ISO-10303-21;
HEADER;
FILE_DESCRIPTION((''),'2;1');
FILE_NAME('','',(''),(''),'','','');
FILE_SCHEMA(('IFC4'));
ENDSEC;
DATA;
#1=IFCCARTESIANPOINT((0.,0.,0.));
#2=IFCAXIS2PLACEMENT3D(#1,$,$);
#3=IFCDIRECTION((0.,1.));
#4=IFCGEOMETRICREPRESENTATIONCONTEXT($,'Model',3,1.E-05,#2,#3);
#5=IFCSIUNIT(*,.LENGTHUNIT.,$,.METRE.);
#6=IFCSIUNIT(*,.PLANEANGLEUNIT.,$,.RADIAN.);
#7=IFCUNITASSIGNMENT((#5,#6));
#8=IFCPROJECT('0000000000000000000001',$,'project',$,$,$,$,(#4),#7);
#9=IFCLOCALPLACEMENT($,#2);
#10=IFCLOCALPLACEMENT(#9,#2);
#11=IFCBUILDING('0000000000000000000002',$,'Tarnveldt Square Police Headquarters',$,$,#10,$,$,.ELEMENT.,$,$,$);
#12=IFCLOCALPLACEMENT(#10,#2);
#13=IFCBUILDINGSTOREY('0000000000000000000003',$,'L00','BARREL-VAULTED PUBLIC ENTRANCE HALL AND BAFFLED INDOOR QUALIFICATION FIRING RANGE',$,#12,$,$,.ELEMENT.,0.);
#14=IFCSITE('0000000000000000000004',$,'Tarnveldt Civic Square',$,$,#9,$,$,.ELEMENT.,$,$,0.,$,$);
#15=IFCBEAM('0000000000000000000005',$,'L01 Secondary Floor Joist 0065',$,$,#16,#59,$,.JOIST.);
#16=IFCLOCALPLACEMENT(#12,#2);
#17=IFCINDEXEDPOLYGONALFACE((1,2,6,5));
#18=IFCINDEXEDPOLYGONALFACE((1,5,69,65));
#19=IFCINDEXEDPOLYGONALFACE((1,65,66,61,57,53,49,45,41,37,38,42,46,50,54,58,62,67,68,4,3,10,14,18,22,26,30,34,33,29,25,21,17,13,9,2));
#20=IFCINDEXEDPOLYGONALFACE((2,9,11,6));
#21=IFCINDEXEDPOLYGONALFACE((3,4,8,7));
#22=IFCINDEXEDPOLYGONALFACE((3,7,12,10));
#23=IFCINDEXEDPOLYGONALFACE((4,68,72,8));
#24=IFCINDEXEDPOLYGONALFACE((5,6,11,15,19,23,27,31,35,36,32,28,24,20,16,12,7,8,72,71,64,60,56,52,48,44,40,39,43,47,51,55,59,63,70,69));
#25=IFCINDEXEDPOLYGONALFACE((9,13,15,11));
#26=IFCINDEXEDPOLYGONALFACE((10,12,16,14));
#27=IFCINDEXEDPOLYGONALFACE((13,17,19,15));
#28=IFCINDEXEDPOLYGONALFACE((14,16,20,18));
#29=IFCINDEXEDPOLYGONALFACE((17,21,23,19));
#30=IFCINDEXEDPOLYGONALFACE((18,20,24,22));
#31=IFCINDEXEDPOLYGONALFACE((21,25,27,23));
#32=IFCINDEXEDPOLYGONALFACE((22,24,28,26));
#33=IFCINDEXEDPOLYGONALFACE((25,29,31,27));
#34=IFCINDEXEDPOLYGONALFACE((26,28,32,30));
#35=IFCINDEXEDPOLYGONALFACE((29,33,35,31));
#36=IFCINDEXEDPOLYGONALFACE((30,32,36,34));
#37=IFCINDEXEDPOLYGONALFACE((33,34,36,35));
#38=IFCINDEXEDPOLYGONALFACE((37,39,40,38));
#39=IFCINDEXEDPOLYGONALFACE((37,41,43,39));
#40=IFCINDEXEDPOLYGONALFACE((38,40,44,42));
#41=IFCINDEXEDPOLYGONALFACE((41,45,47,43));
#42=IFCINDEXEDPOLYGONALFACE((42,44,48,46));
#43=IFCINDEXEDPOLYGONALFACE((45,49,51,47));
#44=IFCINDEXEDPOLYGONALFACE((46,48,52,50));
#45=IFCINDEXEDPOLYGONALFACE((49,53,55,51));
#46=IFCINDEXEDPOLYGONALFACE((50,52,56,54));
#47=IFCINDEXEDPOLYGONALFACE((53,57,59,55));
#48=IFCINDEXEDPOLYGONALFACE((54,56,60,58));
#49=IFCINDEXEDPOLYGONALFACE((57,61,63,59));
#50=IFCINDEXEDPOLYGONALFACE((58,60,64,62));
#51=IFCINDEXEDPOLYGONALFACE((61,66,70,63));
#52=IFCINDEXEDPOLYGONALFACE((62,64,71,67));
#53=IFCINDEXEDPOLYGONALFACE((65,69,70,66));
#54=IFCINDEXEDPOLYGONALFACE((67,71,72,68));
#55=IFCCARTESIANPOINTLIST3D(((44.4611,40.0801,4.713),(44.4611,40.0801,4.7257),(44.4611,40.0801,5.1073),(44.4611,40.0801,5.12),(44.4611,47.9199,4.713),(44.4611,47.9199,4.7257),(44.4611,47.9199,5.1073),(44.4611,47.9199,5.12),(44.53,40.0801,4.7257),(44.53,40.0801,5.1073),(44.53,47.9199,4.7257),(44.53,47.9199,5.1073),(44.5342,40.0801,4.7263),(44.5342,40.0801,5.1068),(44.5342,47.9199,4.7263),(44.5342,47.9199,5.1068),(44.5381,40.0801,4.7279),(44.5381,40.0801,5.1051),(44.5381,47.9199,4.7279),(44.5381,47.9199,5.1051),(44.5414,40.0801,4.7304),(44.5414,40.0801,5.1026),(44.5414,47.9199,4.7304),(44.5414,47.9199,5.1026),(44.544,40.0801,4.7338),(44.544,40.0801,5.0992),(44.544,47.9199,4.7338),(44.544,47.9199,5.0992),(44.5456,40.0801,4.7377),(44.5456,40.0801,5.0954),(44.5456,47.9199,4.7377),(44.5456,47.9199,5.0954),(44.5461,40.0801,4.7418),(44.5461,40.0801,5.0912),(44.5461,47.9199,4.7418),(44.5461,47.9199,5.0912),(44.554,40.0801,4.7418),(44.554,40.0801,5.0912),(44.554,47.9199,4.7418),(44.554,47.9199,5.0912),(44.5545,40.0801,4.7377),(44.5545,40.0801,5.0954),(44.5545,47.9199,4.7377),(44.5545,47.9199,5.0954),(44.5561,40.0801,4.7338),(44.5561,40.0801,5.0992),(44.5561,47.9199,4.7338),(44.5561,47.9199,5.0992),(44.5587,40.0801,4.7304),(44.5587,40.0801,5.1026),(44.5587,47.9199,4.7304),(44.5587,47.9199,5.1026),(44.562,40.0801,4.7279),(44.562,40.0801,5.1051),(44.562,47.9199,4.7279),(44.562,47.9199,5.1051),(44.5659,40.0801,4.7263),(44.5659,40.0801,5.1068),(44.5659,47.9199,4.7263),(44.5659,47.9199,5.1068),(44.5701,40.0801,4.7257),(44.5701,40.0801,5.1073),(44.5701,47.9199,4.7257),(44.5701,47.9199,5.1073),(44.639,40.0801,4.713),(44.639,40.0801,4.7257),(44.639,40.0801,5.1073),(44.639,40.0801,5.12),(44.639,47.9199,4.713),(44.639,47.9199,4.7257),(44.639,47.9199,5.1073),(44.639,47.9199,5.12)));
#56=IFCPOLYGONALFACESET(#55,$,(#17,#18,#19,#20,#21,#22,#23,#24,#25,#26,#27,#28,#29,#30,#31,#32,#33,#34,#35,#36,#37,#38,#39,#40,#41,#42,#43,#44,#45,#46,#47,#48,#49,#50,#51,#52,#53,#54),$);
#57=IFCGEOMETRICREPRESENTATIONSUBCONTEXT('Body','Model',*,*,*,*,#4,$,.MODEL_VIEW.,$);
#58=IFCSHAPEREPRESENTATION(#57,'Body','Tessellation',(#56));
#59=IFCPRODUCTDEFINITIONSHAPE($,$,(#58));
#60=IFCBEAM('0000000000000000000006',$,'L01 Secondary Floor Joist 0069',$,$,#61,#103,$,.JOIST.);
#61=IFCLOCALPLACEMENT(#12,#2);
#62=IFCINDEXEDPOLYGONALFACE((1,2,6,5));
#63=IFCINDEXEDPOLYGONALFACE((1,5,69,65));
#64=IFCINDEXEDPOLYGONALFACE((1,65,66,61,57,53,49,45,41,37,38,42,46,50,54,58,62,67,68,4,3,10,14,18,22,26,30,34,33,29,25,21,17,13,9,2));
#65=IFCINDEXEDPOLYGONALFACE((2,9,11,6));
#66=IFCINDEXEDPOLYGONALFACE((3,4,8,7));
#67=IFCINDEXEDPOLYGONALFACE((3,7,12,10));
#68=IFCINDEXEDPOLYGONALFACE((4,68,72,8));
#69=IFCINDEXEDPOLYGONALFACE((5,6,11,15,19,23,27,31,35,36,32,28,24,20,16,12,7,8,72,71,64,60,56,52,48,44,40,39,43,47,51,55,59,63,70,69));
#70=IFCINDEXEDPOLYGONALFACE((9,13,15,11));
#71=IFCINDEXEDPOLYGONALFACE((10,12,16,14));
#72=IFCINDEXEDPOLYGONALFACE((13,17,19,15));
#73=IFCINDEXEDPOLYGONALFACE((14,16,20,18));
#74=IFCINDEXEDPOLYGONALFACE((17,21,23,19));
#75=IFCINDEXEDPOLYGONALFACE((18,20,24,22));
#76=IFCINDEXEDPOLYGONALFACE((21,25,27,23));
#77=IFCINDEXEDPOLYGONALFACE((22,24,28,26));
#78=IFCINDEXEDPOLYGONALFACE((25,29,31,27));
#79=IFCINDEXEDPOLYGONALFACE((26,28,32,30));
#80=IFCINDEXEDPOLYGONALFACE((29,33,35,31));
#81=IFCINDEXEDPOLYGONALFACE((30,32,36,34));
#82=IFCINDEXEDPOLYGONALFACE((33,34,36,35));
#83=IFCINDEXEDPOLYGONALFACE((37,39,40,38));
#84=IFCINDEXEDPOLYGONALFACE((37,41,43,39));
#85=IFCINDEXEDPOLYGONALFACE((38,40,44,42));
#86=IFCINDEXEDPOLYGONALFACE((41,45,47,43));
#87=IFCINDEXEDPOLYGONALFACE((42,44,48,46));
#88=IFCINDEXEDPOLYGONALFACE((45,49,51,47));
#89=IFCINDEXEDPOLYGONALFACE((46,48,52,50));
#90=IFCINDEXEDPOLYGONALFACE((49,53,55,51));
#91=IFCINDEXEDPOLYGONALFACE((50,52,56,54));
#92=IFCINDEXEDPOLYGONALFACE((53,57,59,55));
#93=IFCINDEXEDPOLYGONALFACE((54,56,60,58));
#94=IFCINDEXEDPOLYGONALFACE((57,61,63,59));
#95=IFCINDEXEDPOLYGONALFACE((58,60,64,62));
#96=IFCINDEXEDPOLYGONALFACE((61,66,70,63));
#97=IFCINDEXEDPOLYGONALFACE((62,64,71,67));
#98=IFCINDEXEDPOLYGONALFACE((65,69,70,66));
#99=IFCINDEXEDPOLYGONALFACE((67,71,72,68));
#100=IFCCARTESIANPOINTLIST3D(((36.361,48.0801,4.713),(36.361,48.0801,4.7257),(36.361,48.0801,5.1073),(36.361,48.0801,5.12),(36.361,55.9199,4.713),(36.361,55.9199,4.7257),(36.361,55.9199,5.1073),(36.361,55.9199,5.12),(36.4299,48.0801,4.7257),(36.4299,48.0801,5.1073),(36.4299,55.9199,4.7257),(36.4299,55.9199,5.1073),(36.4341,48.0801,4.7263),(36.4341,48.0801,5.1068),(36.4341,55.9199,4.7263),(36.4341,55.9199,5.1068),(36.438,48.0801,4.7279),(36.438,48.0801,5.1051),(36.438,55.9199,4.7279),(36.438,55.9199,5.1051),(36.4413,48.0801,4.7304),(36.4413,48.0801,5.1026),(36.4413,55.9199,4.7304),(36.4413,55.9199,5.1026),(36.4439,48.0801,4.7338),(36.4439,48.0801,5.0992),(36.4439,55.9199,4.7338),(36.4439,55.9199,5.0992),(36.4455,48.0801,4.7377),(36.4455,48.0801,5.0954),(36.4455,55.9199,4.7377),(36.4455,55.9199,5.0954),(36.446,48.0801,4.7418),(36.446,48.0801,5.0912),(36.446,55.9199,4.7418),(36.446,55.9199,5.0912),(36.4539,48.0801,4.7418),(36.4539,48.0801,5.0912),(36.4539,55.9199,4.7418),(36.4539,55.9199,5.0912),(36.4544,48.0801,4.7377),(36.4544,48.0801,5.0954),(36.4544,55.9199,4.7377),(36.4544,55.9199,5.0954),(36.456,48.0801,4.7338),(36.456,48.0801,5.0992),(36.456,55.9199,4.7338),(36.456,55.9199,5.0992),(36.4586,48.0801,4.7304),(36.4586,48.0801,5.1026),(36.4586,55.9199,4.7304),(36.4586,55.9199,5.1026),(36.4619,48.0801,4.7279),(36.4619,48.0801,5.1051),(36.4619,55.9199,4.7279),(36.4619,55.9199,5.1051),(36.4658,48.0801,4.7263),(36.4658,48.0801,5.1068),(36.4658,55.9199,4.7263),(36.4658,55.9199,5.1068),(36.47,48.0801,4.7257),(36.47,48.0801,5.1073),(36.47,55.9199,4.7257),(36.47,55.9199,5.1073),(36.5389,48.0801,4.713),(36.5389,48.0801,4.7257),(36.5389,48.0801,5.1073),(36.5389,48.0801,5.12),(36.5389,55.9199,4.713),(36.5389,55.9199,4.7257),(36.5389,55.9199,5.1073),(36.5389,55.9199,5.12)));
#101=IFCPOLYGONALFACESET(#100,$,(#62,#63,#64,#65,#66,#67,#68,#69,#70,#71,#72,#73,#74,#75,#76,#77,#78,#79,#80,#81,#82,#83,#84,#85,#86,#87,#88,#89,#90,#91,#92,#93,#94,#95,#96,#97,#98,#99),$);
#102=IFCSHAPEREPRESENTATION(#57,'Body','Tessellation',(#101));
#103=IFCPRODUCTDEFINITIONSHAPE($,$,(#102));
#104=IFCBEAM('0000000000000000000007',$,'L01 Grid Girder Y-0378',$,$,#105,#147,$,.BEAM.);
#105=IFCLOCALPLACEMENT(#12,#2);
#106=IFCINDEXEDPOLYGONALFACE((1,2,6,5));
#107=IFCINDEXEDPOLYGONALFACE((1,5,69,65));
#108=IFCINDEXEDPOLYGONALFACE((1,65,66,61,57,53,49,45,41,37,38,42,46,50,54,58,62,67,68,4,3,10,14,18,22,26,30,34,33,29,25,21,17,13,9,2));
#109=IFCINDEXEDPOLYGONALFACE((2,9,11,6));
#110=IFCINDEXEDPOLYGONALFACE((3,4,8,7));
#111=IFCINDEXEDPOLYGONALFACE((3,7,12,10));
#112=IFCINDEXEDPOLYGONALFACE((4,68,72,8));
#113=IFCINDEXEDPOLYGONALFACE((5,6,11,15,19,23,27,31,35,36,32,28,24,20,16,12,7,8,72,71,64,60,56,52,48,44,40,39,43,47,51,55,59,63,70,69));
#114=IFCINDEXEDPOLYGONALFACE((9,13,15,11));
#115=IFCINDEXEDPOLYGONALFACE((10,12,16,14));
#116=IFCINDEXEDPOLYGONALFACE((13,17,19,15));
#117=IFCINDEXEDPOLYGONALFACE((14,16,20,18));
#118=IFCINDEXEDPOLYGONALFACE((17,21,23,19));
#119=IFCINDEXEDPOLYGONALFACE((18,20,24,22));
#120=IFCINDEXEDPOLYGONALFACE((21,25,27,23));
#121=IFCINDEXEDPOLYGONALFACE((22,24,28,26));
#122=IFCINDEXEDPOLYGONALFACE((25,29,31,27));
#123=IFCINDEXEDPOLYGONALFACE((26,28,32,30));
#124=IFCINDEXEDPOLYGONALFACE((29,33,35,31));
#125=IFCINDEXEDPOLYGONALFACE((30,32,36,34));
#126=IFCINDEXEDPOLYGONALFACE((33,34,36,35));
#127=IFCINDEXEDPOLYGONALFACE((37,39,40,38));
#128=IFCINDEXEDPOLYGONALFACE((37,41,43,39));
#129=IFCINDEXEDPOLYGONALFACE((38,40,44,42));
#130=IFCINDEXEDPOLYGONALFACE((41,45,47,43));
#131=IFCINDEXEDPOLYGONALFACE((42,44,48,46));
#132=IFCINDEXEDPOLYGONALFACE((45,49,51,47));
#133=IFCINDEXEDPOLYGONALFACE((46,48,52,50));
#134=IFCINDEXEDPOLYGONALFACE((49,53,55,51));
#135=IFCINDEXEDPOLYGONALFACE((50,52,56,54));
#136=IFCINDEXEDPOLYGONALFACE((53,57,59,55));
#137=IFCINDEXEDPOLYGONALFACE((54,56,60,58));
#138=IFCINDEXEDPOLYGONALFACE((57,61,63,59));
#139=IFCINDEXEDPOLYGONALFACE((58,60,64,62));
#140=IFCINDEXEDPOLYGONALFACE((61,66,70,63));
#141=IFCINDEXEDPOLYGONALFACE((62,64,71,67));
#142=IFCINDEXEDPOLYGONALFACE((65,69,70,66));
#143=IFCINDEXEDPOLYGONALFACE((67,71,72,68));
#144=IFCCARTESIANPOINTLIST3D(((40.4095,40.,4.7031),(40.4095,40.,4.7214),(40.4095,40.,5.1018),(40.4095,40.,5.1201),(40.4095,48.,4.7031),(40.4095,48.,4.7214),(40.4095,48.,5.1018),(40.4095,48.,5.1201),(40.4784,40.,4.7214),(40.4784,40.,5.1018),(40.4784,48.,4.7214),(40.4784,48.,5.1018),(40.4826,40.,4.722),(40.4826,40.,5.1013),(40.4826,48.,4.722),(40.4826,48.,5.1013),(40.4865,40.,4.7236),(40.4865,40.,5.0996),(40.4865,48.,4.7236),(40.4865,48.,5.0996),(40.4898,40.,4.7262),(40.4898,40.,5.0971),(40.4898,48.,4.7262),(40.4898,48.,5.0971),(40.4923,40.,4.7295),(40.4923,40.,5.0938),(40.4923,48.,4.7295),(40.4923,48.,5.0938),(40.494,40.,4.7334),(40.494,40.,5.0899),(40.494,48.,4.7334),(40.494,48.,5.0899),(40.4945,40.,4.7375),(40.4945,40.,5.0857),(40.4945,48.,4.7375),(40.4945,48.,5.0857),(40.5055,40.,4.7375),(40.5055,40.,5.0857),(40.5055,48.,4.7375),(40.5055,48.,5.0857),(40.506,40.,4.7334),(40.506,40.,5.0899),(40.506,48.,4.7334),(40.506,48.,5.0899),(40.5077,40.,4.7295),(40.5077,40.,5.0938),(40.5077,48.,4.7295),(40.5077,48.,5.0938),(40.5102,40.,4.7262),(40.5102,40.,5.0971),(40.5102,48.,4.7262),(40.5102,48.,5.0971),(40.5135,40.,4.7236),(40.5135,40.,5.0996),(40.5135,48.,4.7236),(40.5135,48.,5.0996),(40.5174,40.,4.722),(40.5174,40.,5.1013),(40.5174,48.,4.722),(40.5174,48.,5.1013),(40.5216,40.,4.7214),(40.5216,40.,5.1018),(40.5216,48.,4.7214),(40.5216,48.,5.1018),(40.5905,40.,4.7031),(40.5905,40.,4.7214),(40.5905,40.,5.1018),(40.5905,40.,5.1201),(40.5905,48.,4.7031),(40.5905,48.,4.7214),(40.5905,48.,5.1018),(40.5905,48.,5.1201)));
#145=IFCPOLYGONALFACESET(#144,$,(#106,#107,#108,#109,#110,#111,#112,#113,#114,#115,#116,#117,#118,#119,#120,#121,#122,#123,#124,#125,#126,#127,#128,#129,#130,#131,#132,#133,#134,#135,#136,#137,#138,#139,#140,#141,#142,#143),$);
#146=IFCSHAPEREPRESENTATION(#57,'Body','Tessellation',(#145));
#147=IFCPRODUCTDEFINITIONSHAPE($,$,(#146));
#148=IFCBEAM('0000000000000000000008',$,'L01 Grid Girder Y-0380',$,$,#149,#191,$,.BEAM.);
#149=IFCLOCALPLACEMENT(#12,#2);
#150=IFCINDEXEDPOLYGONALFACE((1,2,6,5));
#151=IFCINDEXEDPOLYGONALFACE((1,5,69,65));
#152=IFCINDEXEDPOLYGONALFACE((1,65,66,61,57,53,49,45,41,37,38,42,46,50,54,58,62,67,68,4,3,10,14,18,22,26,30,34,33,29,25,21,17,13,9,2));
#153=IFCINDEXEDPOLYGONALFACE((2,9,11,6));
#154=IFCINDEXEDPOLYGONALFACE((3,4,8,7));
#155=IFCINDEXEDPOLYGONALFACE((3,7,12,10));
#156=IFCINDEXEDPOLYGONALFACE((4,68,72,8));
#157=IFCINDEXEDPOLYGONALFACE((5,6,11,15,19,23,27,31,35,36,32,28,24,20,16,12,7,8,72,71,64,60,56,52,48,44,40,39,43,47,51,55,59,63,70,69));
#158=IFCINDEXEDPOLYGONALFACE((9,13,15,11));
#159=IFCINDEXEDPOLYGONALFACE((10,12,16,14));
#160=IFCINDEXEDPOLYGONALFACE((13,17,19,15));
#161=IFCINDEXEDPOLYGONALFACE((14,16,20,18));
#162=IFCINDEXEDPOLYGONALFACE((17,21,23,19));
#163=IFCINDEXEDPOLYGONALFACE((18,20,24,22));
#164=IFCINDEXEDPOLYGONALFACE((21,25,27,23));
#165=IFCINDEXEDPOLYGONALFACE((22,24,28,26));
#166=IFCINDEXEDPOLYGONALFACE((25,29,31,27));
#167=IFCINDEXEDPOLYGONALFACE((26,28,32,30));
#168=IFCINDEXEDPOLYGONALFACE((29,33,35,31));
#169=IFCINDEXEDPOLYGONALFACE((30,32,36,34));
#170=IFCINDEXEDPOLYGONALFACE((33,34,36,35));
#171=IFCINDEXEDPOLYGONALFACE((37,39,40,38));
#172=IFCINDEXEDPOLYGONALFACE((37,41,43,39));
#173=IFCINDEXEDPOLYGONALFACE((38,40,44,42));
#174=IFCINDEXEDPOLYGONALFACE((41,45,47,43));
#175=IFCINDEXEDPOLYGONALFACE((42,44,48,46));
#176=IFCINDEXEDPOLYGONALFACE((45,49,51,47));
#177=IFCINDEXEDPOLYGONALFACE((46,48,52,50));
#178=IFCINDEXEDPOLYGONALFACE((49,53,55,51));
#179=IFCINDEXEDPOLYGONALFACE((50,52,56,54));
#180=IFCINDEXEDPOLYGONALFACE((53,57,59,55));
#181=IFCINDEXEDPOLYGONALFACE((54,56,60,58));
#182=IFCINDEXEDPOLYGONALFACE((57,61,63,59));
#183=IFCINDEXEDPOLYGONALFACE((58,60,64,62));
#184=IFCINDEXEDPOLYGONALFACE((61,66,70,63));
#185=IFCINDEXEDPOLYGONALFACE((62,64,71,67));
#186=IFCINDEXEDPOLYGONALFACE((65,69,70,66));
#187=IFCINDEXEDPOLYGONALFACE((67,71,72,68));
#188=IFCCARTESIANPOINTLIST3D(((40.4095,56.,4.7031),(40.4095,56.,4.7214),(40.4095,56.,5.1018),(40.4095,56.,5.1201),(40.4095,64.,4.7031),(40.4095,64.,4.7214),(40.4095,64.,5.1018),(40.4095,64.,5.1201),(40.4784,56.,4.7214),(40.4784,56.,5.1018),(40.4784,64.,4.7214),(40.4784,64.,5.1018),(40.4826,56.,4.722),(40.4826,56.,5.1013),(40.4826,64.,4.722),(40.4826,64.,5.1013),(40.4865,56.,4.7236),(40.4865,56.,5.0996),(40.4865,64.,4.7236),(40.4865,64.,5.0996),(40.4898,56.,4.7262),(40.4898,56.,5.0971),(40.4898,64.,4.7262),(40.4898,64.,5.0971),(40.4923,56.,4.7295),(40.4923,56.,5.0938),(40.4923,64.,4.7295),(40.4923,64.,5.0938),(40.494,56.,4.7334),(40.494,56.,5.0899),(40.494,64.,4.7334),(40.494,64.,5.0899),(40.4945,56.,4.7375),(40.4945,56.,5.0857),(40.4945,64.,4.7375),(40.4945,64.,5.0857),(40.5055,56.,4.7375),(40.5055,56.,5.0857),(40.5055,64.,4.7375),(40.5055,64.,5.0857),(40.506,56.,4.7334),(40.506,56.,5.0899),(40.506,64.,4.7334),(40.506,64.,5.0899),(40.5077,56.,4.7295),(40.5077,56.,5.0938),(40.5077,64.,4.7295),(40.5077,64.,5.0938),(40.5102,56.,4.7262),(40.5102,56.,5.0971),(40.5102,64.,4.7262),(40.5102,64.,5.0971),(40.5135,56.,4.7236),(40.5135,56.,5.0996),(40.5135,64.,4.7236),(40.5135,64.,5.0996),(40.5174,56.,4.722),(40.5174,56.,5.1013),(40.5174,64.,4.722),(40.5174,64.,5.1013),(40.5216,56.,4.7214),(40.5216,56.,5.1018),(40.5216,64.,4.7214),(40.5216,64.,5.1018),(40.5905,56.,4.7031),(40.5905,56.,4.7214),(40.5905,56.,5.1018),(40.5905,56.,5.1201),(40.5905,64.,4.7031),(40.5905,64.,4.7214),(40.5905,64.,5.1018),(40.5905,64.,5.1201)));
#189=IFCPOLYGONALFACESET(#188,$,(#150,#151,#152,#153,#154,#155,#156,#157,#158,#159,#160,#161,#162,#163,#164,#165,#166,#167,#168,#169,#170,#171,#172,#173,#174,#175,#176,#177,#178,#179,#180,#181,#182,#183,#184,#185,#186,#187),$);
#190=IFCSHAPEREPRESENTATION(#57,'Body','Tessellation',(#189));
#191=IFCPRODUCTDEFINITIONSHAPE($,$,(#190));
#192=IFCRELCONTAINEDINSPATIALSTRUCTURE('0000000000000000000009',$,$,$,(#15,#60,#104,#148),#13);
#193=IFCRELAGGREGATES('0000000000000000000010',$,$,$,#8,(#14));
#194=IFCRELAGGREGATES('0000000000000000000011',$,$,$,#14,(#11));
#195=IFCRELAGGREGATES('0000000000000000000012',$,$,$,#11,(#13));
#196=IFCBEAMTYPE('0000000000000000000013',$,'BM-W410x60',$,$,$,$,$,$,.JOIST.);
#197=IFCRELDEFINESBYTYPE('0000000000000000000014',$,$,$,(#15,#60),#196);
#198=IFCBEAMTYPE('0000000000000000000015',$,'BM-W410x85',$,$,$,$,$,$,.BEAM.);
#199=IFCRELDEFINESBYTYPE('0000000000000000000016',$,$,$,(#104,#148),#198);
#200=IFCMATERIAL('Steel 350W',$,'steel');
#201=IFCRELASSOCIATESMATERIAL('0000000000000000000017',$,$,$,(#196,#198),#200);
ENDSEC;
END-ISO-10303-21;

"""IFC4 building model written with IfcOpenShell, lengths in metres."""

from ifc_helpers import new_model, si_unit, direction, frame, origin, origin_2d, place, context, subcontext, project, spatial, i_section, extrude, material, material_profile, profile_set, type_object, element, save


model = new_model("IFC4")

# Units and contexts
model_context = context("Model", 3, precision=1e-05, world=origin(), true_north=direction((0.0, 1.0)))
body_context = subcontext(model_context, "Body", "Model", "MODEL_VIEW")
ifc_project = project(units=[si_unit("LENGTHUNIT", "METRE"), si_unit("PLANEANGLEUNIT", "RADIAN")], contexts=[model_context])

# Site, building, storey
site_placement = place(None, origin())
site = spatial("IfcSite", under=ifc_project, at=site_placement, Name="Tarnveldt Civic Square", CompositionType="ELEMENT", RefElevation=0.0)
building_placement = place(site_placement, origin())
building = spatial("IfcBuilding", under=site, at=building_placement, Name="Tarnveldt Square Police Headquarters", CompositionType="ELEMENT")
storey_placement = place(building_placement, origin())
storey = spatial("IfcBuildingStorey", under=building, at=storey_placement, Name="L00", Description="BARREL-VAULTED PUBLIC ENTRANCE HALL AND BAFFLED INDOOR QUALIFICATION FIRING RANGE", CompositionType="ELEMENT", Elevation=0.0)

# Beams
ifc_material_1 = material(Name="Steel 350W", Category="steel")
ifc_material_profile_1 = material_profile(ifc_material_1, i_section(OverallWidth=0.178, OverallDepth=0.407, WebThickness=0.0078, FlangeThickness=0.0127, FilletRadius=0.0161, at=origin_2d()), Name="W410x60")
ifc_profile_set_1 = profile_set([ifc_material_profile_1], Name="Steel 350W")
beam_type_1 = type_object("IfcBeamType", Name="BM-W410x60", PredefinedType="JOIST", material=ifc_profile_set_1)
for number, where, z_axis, x_axis, name in (
    (1, (44.55, 40.0801, 4.9165), (0.0, 1.0, 0.0), (-1.0, 0.0, 0.0), "L01 Secondary Floor Joist 0065"),
    (2, (36.45, 48.0801, 4.9165), (0.0, 1.0, 0.0), (-1.0, 0.0, 0.0), "L01 Secondary Floor Joist 0069"),
):
    element("IfcBeam", number, at=place(storey_placement, frame(where, z_axis=z_axis, x_axis=x_axis)), inside=storey, type_object=beam_type_1, Name=name, PredefinedType="JOIST", context=body_context, shape_type="SweptSolid", body=[
        extrude(i_section(OverallWidth=0.178, OverallDepth=0.407, WebThickness=0.0078, FlangeThickness=0.0127, FilletRadius=0.0161, at=origin_2d()), origin(), (0.0, 0.0, 1.0), 7.8398),
    ])
ifc_material_profile_2 = material_profile(ifc_material_1, i_section(OverallWidth=0.1809, OverallDepth=0.417, WebThickness=0.011, FlangeThickness=0.0183, FilletRadius=0.0161, at=origin_2d()), Name="W410x85")
ifc_profile_set_2 = profile_set([ifc_material_profile_2], Name="Steel 350W")
beam_type_2 = type_object("IfcBeamType", Name="BM-W410x85", PredefinedType="BEAM", material=ifc_profile_set_2)
for number, where, z_axis, x_axis, name in (
    (3, (40.5, 40.0, 4.9116), (0.0, 1.0, 0.0), (-1.0, 0.0, 0.0), "L01 Grid Girder Y-0378"),
    (4, (40.5, 56.0, 4.9116), (0.0, 1.0, 0.0), (-1.0, 0.0, 0.0), "L01 Grid Girder Y-0380"),
):
    element("IfcBeam", number, at=place(storey_placement, frame(where, z_axis=z_axis, x_axis=x_axis)), inside=storey, type_object=beam_type_2, Name=name, PredefinedType="BEAM", context=body_context, shape_type="SweptSolid", body=[
        extrude(i_section(OverallWidth=0.1809, OverallDepth=0.417, WebThickness=0.011, FlangeThickness=0.0183, FilletRadius=0.0161, at=origin_2d()), origin(), (0.0, 0.0, 1.0), 8.0),
    ])

save(model, "model.ifc")
